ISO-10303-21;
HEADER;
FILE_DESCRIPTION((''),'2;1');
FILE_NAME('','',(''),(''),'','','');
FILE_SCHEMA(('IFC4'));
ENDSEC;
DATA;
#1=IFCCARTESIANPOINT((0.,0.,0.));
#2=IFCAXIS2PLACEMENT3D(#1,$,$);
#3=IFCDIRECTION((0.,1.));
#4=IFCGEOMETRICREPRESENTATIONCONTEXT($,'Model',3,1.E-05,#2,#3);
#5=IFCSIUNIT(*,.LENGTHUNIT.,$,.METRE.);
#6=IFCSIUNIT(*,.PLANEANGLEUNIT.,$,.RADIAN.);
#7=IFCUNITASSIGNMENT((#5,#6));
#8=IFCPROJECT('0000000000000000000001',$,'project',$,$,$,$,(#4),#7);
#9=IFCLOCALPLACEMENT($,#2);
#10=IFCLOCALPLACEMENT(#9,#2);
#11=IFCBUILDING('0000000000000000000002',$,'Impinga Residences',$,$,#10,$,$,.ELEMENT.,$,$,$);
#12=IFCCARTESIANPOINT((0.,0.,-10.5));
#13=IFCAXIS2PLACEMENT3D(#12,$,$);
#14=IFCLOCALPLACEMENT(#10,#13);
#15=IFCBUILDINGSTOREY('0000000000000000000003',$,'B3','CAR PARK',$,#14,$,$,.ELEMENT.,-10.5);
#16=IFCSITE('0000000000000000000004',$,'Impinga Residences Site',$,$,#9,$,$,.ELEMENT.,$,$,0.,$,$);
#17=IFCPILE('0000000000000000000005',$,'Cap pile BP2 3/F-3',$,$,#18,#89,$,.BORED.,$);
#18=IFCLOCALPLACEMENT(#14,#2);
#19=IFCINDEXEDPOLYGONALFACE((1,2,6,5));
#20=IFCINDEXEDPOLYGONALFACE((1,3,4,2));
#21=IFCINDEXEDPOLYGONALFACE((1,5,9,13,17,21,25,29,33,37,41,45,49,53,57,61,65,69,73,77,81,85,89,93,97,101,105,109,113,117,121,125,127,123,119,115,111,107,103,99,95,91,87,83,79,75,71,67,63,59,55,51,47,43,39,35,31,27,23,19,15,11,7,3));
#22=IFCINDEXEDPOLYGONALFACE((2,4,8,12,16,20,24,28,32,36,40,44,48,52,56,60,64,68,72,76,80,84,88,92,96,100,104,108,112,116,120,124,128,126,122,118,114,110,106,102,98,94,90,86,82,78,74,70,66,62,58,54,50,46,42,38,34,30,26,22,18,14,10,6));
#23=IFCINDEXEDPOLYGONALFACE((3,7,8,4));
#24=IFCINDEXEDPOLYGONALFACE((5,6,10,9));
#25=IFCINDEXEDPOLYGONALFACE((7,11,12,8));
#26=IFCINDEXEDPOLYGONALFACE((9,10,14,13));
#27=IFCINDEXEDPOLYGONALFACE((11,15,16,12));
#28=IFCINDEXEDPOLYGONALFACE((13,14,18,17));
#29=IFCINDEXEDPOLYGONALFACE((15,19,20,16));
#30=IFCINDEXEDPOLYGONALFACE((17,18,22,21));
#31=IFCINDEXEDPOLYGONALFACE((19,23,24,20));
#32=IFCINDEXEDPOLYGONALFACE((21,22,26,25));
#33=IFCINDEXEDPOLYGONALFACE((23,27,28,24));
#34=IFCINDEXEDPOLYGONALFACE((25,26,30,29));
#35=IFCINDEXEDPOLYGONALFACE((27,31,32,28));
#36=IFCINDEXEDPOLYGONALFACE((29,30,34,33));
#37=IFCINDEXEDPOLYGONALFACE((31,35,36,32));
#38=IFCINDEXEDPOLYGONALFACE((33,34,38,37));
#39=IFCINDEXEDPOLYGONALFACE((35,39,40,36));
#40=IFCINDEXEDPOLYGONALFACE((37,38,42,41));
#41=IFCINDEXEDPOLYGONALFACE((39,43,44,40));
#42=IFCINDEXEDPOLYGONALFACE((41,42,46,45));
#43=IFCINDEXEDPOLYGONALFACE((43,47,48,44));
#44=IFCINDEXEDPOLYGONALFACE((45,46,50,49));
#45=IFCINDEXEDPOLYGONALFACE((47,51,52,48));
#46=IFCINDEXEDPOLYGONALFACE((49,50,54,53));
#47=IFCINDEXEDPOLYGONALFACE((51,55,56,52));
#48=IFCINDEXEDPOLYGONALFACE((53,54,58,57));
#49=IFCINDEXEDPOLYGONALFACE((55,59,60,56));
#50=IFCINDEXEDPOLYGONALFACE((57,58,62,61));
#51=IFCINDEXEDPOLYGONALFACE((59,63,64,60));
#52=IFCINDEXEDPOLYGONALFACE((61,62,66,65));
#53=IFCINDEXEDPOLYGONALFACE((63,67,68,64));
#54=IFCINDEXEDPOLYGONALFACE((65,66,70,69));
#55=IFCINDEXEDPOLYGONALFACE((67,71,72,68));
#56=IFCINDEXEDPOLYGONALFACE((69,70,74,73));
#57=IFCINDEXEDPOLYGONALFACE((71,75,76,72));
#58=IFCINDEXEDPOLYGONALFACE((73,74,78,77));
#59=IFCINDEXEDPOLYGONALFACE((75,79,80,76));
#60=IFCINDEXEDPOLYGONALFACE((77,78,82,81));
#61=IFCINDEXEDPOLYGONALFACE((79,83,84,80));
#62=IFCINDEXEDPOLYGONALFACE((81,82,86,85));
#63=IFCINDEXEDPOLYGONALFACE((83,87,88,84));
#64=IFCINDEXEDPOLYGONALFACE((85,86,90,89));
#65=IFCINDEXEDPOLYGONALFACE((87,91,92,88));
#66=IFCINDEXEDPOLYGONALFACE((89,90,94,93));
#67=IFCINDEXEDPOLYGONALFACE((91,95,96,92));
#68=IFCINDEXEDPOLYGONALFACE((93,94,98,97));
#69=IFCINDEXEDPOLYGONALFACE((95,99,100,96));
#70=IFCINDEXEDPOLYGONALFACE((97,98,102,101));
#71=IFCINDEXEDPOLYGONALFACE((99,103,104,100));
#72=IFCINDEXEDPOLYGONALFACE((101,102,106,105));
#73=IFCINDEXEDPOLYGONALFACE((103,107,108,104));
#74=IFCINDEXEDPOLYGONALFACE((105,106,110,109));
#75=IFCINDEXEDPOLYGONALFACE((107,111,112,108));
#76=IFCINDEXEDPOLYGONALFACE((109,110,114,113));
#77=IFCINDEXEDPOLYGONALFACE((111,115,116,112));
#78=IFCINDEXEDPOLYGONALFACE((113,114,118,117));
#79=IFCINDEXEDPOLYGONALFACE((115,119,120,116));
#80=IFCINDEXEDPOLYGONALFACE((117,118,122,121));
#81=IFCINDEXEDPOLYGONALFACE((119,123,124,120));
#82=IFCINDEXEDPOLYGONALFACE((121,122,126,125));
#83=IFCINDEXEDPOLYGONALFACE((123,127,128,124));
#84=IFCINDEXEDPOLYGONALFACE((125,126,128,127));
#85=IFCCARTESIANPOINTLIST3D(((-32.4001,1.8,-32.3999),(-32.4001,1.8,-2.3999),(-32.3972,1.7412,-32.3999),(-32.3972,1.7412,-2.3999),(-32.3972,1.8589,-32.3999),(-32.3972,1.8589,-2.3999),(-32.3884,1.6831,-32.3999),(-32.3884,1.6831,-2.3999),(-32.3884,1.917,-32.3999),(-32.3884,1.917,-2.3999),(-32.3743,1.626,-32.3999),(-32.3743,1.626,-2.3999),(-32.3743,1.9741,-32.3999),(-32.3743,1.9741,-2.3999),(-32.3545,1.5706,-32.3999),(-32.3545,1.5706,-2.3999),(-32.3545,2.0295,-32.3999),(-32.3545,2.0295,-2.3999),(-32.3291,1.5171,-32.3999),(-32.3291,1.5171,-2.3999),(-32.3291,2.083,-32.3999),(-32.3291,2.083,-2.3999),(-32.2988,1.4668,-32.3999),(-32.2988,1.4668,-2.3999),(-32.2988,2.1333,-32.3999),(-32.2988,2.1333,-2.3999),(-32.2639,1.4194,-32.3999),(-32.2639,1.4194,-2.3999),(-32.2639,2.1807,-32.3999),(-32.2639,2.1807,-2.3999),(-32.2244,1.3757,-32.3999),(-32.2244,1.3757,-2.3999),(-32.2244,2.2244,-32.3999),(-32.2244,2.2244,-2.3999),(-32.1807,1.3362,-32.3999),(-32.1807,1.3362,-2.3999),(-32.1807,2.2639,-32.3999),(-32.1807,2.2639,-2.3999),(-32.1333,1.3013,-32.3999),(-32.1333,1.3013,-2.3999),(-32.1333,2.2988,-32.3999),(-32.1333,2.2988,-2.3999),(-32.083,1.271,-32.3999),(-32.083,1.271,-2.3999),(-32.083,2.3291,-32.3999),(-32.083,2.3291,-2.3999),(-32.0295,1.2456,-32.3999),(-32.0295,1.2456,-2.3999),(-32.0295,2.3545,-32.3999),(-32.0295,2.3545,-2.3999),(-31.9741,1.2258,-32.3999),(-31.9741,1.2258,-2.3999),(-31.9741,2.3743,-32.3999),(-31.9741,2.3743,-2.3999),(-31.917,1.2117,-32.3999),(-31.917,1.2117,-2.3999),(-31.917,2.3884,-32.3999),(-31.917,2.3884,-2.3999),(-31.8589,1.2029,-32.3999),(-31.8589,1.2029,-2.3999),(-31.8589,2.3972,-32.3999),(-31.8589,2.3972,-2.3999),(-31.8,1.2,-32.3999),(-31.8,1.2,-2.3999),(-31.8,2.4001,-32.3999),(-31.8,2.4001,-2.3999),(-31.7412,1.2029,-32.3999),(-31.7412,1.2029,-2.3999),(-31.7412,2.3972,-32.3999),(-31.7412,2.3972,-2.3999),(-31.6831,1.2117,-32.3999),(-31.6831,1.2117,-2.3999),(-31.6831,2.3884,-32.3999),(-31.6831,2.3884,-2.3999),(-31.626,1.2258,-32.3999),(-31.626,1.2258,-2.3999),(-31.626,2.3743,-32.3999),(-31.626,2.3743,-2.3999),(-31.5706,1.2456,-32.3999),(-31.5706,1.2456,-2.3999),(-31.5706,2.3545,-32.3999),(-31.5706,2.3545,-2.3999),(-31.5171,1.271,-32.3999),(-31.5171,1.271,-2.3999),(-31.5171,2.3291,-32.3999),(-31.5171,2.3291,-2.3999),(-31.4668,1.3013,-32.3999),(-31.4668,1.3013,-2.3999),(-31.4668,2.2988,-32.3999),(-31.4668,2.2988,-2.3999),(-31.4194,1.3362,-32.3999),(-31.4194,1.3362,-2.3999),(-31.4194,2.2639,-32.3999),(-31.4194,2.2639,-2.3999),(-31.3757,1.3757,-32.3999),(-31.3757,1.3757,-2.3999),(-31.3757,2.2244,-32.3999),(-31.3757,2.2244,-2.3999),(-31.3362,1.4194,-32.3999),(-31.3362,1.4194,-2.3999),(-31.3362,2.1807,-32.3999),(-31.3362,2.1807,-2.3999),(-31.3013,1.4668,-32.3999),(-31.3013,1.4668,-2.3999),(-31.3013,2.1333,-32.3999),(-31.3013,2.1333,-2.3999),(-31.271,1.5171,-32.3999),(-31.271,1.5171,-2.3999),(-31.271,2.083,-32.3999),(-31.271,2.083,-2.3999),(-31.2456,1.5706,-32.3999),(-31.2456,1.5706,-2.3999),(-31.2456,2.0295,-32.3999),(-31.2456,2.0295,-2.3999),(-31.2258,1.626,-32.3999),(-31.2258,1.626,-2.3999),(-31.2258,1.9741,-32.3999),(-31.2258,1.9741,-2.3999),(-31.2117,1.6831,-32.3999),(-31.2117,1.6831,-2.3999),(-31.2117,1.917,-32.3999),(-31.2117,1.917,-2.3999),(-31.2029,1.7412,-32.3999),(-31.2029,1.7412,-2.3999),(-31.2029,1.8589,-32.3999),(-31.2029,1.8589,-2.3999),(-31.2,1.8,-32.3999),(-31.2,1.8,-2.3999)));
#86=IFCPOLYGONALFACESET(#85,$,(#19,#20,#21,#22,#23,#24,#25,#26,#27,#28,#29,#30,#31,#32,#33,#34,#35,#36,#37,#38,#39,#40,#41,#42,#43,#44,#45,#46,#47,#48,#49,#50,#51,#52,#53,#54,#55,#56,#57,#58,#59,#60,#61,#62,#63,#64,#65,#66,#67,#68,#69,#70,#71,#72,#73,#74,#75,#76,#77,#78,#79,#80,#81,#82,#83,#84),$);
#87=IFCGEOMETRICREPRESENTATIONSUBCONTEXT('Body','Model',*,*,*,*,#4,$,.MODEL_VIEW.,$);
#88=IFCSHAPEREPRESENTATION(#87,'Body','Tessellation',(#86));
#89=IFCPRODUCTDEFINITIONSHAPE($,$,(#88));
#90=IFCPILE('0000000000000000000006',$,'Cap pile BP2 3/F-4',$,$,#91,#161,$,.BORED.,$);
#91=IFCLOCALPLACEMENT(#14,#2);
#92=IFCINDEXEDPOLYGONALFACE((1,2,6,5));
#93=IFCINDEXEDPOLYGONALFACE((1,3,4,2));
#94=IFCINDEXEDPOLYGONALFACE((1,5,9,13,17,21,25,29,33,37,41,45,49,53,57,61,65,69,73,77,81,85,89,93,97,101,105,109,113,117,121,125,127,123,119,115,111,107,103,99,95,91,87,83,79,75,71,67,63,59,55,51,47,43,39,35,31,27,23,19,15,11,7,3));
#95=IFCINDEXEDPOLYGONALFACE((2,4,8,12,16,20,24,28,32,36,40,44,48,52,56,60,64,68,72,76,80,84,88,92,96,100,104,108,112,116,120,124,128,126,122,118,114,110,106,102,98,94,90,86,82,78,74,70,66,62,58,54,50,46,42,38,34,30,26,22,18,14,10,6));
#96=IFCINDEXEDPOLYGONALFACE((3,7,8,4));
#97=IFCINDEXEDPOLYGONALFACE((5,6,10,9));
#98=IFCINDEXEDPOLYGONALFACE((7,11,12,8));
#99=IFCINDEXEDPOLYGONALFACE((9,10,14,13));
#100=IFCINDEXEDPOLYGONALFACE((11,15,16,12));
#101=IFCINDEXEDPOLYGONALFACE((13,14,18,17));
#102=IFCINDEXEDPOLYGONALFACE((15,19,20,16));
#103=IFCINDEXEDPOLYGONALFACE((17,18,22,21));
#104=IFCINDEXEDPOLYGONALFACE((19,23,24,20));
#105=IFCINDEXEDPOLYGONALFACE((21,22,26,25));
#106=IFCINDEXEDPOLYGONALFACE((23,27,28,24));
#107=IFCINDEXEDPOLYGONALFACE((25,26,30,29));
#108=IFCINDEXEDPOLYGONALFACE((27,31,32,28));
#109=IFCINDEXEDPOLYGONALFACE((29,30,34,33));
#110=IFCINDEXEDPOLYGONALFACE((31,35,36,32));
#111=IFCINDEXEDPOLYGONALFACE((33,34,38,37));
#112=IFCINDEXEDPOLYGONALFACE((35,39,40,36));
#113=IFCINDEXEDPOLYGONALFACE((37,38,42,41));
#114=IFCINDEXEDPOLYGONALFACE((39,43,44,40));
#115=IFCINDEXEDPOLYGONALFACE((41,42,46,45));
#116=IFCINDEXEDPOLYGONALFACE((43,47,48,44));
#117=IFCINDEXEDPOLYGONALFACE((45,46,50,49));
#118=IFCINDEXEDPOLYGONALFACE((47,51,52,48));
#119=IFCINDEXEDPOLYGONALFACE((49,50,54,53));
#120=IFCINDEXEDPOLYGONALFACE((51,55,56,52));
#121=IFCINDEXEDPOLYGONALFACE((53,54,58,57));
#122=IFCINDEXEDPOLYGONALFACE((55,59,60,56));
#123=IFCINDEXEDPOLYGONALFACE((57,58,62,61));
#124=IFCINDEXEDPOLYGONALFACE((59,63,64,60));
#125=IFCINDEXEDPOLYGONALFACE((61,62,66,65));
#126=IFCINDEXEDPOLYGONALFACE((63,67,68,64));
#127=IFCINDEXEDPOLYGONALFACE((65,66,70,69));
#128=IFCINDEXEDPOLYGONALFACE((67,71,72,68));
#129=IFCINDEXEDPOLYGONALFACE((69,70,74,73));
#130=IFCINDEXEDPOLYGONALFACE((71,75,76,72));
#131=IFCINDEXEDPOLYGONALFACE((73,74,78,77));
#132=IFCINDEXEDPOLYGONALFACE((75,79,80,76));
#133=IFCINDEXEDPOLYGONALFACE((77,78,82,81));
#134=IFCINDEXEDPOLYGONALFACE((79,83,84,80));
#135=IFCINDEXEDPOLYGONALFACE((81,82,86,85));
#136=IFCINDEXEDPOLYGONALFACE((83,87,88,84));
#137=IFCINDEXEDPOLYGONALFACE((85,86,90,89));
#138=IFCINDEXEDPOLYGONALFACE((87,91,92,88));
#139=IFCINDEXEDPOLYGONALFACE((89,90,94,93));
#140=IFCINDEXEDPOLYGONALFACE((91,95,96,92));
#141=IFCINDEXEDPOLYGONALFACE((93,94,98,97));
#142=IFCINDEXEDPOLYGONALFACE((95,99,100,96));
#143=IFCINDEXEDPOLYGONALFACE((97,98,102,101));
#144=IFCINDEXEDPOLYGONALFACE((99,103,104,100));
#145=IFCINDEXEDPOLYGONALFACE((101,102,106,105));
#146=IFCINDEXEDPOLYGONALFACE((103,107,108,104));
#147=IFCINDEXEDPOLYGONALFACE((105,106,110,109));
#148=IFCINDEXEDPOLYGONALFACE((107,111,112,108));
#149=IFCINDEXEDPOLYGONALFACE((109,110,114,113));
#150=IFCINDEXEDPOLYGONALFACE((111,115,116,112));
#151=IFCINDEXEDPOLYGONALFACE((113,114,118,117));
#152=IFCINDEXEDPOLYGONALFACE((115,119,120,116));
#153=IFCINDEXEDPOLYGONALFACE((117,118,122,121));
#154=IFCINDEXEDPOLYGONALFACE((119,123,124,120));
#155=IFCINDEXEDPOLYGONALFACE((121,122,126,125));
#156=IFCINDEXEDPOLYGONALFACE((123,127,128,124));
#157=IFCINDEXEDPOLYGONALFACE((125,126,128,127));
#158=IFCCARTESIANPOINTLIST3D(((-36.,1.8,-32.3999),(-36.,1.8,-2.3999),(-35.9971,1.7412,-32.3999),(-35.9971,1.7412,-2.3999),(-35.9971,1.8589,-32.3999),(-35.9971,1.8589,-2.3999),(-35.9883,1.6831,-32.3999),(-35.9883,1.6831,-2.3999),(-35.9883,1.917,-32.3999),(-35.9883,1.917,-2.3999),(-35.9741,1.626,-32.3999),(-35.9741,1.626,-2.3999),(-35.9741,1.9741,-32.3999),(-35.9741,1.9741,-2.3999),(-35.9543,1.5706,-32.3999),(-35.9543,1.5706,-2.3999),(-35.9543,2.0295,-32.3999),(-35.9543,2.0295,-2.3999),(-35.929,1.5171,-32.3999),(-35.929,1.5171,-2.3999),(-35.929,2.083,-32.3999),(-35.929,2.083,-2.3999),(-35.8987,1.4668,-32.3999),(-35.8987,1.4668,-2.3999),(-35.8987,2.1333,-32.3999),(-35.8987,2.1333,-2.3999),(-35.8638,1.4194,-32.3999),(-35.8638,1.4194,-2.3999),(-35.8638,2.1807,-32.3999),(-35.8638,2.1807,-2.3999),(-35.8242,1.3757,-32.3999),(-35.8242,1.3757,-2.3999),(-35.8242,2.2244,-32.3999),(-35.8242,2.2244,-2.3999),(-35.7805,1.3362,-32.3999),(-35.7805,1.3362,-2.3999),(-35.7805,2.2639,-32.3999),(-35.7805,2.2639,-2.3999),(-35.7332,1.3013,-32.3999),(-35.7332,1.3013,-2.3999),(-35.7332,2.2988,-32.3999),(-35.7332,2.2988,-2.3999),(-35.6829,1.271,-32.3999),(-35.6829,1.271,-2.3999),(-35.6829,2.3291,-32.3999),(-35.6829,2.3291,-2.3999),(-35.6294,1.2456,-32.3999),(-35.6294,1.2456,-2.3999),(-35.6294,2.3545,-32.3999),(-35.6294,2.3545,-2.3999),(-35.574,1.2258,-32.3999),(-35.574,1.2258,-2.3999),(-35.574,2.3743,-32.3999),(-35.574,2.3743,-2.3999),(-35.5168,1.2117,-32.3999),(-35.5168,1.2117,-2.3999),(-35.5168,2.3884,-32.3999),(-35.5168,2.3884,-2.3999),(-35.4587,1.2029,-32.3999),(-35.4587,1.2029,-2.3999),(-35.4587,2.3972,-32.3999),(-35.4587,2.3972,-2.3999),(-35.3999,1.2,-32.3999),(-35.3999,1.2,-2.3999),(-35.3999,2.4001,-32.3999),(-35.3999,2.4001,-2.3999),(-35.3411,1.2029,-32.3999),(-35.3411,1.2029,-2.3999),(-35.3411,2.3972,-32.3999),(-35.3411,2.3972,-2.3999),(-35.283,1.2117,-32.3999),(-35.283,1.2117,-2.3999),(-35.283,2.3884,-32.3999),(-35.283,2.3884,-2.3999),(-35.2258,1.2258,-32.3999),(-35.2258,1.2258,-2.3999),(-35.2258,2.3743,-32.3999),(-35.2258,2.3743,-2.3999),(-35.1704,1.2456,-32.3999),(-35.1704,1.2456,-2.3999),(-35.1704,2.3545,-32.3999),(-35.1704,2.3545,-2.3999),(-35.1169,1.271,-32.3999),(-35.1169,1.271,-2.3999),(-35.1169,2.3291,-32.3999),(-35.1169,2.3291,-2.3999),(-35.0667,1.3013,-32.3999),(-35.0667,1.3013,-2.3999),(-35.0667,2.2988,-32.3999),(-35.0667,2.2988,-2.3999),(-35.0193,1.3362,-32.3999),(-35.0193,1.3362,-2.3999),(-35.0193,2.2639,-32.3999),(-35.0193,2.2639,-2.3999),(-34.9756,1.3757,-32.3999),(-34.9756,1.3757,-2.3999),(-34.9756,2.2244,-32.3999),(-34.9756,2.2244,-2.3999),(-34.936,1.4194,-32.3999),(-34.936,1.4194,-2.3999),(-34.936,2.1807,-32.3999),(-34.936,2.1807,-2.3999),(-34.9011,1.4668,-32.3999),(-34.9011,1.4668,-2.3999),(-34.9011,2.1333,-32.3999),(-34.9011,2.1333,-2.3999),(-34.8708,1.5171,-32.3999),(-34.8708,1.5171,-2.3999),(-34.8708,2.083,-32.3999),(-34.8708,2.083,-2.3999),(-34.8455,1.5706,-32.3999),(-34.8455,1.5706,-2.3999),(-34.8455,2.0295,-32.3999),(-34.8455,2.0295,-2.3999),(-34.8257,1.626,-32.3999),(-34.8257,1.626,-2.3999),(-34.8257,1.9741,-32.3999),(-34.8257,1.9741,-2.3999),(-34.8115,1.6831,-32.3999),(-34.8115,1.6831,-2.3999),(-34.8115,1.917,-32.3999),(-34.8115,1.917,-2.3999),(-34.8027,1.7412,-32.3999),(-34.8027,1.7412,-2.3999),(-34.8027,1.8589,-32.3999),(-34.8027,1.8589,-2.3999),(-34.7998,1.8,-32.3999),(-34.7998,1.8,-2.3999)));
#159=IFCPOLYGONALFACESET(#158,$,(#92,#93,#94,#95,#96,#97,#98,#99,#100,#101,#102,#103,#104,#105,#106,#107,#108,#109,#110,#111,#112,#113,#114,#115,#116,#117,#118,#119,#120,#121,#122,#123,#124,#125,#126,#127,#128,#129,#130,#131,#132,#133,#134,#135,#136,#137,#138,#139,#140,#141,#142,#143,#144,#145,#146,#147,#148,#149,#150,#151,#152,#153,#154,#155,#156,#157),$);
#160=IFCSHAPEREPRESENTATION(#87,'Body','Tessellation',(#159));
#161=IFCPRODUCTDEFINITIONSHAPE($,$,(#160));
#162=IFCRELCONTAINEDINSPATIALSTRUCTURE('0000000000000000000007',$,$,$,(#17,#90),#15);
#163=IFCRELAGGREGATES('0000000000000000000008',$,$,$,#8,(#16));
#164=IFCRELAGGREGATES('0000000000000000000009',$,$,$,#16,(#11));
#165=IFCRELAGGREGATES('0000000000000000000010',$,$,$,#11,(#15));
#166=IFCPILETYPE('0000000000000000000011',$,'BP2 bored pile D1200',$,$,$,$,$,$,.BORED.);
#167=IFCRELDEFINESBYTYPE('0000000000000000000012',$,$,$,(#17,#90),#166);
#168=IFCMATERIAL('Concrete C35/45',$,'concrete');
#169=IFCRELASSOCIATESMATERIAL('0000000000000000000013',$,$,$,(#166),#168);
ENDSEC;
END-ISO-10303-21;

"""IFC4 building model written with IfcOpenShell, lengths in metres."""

from ifc_helpers import new_model, si_unit, direction, frame, origin, origin_2d, place, context, subcontext, project, spatial, polyline, circle, outline, extrude, material, material_profile, profile_set, type_object, element, save


model = new_model("IFC4")

# Units and contexts
model_context = context("Model", 3, precision=1e-05, world=origin(), true_north=direction((0.0, 1.0)))
body_context = subcontext(model_context, "Body", "Model", "MODEL_VIEW")
ifc_project = project(units=[si_unit("LENGTHUNIT", "METRE"), si_unit("PLANEANGLEUNIT", "RADIAN")], contexts=[model_context])

# Site, building, storey
site_placement = place(None, origin())
site = spatial("IfcSite", under=ifc_project, at=site_placement, Name="Impinga Residences Site", CompositionType="ELEMENT", RefElevation=0.0)
building_placement = place(site_placement, origin())
building = spatial("IfcBuilding", under=site, at=building_placement, Name="Impinga Residences", CompositionType="ELEMENT")
storey_placement = place(building_placement, frame((0.0, 0.0, -10.5)))
storey = spatial("IfcBuildingStorey", under=building, at=storey_placement, Name="B3", Description="CAR PARK", CompositionType="ELEMENT", Elevation=-10.5)

# Piles
ifc_material_1 = material(Name="Concrete C35/45", Category="concrete")
ifc_material_profile_1 = material_profile(ifc_material_1, circle(Radius=0.6001, at=origin_2d()), Name="D1200")
ifc_profile_set_1 = profile_set([ifc_material_profile_1], Name="Concrete C35/45")
pile_type = type_object("IfcPileType", Name="BP2 bored pile D1200", PredefinedType="BORED", material=ifc_profile_set_1)
pile_1_placement = place(storey_placement, frame((-31.8, 1.8, -2.3999), z_axis=(0.0, 0.0, -1.0), x_axis=(1.0, 0.0, 0.0)))
element("IfcPile", 1, at=pile_1_placement, inside=storey, type_object=pile_type, Name="Cap pile BP2 3/F-3", PredefinedType="BORED", context=body_context, shape_type="SweptSolid", body=[
    extrude(outline(polyline([(0.6001, 0.0), (0.5972, 0.0588), (0.5884, 0.1169), (0.5742, 0.1741), (0.5544, 0.2295), (0.5291, 0.283), (0.4988, 0.3333), (0.4639, 0.3806), (0.4243, 0.4243), (0.3806, 0.4639), (0.3333, 0.4988), (0.283, 0.5291), (0.2295, 0.5544), (0.1741, 0.5742), (0.1169, 0.5884), (0.0588, 0.5972), (0.0, 0.6001), (-0.0588, 0.5972), (-0.1169, 0.5884), (-0.1741, 0.5742), (-0.2295, 0.5544), (-0.283, 0.5291), (-0.3333, 0.4988), (-0.3806, 0.4639), (-0.4243, 0.4243), (-0.4639, 0.3806), (-0.4988, 0.3333), (-0.5291, 0.283), (-0.5544, 0.2295), (-0.5742, 0.1741), (-0.5884, 0.1169), (-0.5972, 0.0588), (-0.6001, 0.0), (-0.5972, -0.0588), (-0.5884, -0.1169), (-0.5742, -0.1741), (-0.5544, -0.2295), (-0.5291, -0.283), (-0.4988, -0.3333), (-0.4639, -0.3806), (-0.4243, -0.4243), (-0.3806, -0.4639), (-0.3333, -0.4988), (-0.283, -0.5291), (-0.2295, -0.5544), (-0.1741, -0.5742), (-0.1169, -0.5884), (-0.0588, -0.5972), (0.0, -0.6001), (0.0588, -0.5972), (0.1169, -0.5884), (0.1741, -0.5742), (0.2295, -0.5544), (0.283, -0.5291), (0.3333, -0.4988), (0.3806, -0.4639), (0.4243, -0.4243), (0.4639, -0.3806), (0.4988, -0.3333), (0.5291, -0.283), (0.5544, -0.2295), (0.5742, -0.1741), (0.5884, -0.1169), (0.5972, -0.0588), (0.6001, 0.0)])), origin(), (0.0, 0.0, 1.0), 30.0),
])
pile_2_placement = place(storey_placement, frame((-35.3999, 1.8, -2.3999), z_axis=(0.0, 0.0, -1.0), x_axis=(1.0, 0.0, 0.0)))
element("IfcPile", 2, at=pile_2_placement, inside=storey, type_object=pile_type, Name="Cap pile BP2 3/F-4", PredefinedType="BORED", context=body_context, shape_type="SweptSolid", body=[
    extrude(outline(polyline([(0.6001, 0.0), (0.5972, 0.0588), (0.5884, 0.1169), (0.5742, 0.1741), (0.5544, 0.2295), (0.5291, 0.283), (0.4988, 0.3333), (0.4639, 0.3806), (0.4243, 0.4243), (0.3806, 0.4639), (0.3333, 0.4988), (0.283, 0.5291), (0.2295, 0.5544), (0.1741, 0.5742), (0.1169, 0.5884), (0.0588, 0.5972), (0.0, 0.6001), (-0.0588, 0.5972), (-0.1169, 0.5884), (-0.1741, 0.5742), (-0.2295, 0.5544), (-0.283, 0.5291), (-0.3333, 0.4988), (-0.3806, 0.4639), (-0.4243, 0.4243), (-0.4639, 0.3806), (-0.4988, 0.3333), (-0.5291, 0.283), (-0.5544, 0.2295), (-0.5742, 0.1741), (-0.5884, 0.1169), (-0.5972, 0.0588), (-0.6001, 0.0), (-0.5972, -0.0588), (-0.5884, -0.1169), (-0.5742, -0.1741), (-0.5544, -0.2295), (-0.5291, -0.283), (-0.4988, -0.3333), (-0.4639, -0.3806), (-0.4243, -0.4243), (-0.3806, -0.4639), (-0.3333, -0.4988), (-0.283, -0.5291), (-0.2295, -0.5544), (-0.1741, -0.5742), (-0.1169, -0.5884), (-0.0588, -0.5972), (0.0, -0.6001), (0.0588, -0.5972), (0.1169, -0.5884), (0.1741, -0.5742), (0.2295, -0.5544), (0.283, -0.5291), (0.3333, -0.4988), (0.3806, -0.4639), (0.4243, -0.4243), (0.4639, -0.3806), (0.4988, -0.3333), (0.5291, -0.283), (0.5544, -0.2295), (0.5742, -0.1741), (0.5884, -0.1169), (0.5972, -0.0588), (0.6001, 0.0)])), origin(), (0.0, 0.0, 1.0), 30.0),
])

save(model, "model.ifc")
